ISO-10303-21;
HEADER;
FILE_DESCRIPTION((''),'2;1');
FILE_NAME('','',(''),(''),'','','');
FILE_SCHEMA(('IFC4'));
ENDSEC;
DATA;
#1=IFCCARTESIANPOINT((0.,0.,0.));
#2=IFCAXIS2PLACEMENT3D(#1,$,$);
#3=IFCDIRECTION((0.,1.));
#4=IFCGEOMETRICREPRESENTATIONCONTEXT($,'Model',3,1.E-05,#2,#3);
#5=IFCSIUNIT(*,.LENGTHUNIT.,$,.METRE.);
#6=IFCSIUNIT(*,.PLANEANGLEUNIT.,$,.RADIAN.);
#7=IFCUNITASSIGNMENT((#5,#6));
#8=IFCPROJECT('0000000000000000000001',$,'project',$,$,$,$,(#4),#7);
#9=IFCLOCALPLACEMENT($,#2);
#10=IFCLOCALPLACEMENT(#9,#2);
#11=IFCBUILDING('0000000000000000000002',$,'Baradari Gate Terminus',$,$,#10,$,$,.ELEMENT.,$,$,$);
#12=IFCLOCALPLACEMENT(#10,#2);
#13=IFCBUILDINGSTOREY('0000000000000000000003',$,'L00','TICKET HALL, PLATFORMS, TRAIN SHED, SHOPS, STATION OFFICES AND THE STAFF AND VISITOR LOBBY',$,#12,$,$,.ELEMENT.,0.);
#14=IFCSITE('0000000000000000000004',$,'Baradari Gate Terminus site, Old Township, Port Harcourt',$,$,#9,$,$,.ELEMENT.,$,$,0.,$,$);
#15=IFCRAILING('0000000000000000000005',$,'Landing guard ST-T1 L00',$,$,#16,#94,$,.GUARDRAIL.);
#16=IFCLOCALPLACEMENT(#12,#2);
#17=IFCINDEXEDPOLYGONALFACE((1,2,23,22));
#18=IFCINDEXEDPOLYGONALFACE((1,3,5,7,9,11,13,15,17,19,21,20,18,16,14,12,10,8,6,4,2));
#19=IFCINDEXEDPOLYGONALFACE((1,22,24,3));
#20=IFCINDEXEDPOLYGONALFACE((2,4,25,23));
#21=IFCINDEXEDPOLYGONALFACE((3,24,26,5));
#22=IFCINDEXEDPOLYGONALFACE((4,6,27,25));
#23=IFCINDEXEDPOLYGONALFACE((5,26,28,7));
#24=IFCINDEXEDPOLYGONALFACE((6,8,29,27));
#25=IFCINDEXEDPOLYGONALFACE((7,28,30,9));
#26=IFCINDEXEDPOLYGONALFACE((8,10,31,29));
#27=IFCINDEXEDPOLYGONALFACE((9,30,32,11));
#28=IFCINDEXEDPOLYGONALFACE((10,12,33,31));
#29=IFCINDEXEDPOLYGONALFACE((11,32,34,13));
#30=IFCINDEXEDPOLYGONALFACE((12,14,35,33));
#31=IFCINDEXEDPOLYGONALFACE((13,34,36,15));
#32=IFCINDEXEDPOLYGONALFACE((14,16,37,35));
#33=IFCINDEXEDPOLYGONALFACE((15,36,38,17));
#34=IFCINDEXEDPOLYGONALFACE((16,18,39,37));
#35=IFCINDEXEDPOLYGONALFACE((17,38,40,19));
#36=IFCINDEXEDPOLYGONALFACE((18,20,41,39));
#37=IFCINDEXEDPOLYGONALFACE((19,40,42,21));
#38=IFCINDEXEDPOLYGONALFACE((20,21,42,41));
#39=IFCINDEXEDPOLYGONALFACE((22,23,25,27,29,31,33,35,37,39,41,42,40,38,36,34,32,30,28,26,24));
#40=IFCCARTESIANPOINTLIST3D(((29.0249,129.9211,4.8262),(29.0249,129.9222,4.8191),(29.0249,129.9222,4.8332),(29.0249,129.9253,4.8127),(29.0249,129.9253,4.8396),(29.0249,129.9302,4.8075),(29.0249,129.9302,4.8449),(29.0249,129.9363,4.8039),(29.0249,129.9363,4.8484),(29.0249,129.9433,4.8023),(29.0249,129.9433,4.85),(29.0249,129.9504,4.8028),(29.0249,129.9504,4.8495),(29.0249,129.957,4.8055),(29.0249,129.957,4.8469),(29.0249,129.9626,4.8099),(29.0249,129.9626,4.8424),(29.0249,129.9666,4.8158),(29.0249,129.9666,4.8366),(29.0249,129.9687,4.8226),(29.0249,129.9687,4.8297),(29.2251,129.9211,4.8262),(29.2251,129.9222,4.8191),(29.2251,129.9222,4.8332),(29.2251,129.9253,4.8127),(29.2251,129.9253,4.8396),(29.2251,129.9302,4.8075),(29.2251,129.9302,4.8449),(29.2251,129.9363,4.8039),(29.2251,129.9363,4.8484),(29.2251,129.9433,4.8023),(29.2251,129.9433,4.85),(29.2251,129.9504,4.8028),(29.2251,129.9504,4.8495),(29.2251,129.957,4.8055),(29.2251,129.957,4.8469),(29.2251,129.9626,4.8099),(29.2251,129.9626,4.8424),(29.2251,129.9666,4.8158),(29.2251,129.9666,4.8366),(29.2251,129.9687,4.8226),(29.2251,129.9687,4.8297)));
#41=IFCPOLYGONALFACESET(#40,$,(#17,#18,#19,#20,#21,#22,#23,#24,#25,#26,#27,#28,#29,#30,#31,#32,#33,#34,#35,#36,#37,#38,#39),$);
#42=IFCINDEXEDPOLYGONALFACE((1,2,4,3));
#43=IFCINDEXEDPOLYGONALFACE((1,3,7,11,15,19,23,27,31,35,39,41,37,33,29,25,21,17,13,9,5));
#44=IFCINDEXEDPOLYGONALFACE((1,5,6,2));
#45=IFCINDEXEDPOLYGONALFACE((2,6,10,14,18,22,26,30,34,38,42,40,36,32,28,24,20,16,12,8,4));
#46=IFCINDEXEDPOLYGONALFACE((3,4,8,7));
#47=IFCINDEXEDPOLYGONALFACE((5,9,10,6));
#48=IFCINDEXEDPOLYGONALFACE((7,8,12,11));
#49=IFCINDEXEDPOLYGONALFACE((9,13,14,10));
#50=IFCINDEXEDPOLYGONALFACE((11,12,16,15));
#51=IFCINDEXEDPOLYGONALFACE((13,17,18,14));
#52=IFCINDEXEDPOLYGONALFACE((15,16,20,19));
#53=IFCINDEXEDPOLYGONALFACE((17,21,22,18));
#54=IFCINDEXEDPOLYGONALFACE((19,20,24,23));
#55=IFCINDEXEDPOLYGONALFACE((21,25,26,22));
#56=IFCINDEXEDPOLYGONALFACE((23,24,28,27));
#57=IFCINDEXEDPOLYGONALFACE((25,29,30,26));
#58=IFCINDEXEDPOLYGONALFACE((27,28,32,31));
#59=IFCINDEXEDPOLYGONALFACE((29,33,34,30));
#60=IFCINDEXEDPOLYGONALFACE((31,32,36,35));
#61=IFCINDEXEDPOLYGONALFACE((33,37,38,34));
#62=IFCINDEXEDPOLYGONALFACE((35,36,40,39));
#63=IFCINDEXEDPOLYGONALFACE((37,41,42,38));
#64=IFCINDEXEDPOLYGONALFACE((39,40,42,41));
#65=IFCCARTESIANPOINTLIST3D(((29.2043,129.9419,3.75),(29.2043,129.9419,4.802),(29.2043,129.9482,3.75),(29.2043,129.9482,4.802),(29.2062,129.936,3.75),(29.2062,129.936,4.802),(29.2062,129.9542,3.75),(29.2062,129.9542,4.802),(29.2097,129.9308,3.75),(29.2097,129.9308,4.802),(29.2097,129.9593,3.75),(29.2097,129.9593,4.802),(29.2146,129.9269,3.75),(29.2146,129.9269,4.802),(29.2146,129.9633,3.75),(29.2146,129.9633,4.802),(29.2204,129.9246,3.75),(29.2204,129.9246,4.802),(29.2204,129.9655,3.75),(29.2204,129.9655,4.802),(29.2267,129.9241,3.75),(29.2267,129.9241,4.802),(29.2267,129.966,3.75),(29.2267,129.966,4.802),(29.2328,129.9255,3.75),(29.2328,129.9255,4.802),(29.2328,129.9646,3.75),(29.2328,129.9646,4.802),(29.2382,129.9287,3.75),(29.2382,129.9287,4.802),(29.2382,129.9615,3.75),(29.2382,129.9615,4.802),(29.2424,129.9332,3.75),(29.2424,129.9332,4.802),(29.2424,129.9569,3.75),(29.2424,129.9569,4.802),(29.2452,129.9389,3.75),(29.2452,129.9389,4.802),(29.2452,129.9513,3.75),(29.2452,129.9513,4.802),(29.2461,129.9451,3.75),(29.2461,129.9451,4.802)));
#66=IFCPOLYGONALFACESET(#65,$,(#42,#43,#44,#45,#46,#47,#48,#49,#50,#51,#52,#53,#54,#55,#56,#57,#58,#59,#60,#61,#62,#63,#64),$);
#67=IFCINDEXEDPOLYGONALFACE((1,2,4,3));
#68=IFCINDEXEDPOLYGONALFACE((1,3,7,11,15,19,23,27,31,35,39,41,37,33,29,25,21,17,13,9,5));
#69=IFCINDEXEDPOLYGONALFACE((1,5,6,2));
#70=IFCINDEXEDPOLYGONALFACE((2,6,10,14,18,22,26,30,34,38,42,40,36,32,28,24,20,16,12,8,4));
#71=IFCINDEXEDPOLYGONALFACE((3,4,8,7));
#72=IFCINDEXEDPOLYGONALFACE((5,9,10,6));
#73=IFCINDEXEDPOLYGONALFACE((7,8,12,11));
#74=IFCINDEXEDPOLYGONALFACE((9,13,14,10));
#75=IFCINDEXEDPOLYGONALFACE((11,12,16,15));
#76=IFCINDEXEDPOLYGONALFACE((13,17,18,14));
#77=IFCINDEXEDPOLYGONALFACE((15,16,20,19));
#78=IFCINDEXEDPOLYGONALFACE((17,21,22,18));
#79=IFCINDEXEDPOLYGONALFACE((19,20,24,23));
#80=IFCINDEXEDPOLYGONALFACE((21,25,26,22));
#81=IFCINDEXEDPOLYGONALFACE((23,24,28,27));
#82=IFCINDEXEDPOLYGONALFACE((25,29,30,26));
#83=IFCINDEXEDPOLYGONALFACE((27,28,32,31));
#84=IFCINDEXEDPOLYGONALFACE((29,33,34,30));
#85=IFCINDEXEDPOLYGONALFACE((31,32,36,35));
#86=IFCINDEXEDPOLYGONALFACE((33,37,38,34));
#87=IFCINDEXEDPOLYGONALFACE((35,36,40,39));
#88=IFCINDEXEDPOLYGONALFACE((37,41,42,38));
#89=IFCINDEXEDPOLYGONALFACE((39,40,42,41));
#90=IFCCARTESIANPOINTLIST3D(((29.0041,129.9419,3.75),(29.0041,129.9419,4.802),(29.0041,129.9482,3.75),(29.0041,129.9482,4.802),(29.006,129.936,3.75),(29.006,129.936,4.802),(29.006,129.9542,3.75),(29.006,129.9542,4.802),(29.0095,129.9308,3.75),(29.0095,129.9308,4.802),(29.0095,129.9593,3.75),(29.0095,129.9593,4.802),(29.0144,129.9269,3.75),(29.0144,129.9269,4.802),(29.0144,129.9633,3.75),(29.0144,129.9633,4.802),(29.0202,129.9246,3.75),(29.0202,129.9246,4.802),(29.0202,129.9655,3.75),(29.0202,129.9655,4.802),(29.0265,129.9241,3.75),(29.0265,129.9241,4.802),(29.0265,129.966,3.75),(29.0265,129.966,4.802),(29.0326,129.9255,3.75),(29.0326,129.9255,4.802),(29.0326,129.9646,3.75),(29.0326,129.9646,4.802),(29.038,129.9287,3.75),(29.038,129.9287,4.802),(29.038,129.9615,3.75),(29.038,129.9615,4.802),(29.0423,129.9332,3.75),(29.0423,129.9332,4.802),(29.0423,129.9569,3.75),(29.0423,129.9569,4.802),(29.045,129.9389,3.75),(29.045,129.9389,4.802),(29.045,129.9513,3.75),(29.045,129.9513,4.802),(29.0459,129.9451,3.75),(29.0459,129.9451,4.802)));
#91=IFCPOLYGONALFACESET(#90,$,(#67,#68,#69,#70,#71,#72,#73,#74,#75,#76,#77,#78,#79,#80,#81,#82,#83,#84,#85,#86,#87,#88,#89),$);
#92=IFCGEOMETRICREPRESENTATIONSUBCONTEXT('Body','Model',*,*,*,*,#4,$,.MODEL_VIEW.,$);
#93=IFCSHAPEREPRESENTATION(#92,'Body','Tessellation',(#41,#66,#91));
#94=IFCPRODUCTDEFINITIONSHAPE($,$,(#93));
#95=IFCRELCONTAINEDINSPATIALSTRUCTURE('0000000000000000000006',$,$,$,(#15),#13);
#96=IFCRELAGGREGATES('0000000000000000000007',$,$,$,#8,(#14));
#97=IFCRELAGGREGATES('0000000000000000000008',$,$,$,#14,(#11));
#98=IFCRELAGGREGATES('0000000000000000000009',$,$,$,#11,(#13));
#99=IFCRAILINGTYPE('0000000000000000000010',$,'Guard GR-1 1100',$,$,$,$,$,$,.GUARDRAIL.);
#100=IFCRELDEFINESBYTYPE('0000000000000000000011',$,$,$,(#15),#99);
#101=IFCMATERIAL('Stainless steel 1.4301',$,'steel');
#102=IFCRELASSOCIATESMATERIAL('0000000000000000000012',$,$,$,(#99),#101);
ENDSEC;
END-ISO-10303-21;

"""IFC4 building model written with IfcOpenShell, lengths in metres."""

from ifc_helpers import new_model, si_unit, direction, frame, origin, origin_2d, place, context, subcontext, project, spatial, circle, extrude, material, type_object, element, save


model = new_model("IFC4")

# Units and contexts
model_context = context("Model", 3, precision=1e-05, world=origin(), true_north=direction((0.0, 1.0)))
body_context = subcontext(model_context, "Body", "Model", "MODEL_VIEW")
ifc_project = project(units=[si_unit("LENGTHUNIT", "METRE"), si_unit("PLANEANGLEUNIT", "RADIAN")], contexts=[model_context])

# Site, building, storey
site_placement = place(None, origin())
site = spatial("IfcSite", under=ifc_project, at=site_placement, Name="Baradari Gate Terminus site, Old Township, Port Harcourt", CompositionType="ELEMENT", RefElevation=0.0)
building_placement = place(site_placement, origin())
building = spatial("IfcBuilding", under=site, at=building_placement, Name="Baradari Gate Terminus", CompositionType="ELEMENT")
storey_placement = place(building_placement, origin())
storey = spatial("IfcBuildingStorey", under=building, at=storey_placement, Name="L00", Description="TICKET HALL, PLATFORMS, TRAIN SHED, SHOPS, STATION OFFICES AND THE STAFF AND VISITOR LOBBY", CompositionType="ELEMENT", Elevation=0.0)

# Railing
ifc_material_1 = material(Name="Stainless steel 1.4301", Category="steel")
railing_type_1 = type_object("IfcRailingType", Name="Guard GR-1 1100", PredefinedType="GUARDRAIL", material=ifc_material_1)
railing_1_placement = place(storey_placement, frame((29.2251, 129.9451, 3.75)))
element("IfcRailing", 1, at=railing_1_placement, inside=storey, type_object=railing_type_1, Name="Landing guard ST-T1 L00", PredefinedType="GUARDRAIL", context=body_context, shape_type="SweptSolid", body=[
    extrude(circle(Radius=0.0239, at=origin_2d()), frame((0.0, 0.0, 1.0762), z_axis=(-1.0, 0.0, 0.0), x_axis=(0.0, -1.0, 0.0)), (0.0, 0.0, 1.0), 0.2002),
    extrude(circle(Radius=0.021, at=origin_2d()), origin(), (0.0, 0.0, 1.0), 1.052),
    extrude(circle(Radius=0.021, at=origin_2d()), frame((-0.2002, 0.0, 0.0)), (0.0, 0.0, 1.0), 1.052),
])

save(model, "model.ifc")
